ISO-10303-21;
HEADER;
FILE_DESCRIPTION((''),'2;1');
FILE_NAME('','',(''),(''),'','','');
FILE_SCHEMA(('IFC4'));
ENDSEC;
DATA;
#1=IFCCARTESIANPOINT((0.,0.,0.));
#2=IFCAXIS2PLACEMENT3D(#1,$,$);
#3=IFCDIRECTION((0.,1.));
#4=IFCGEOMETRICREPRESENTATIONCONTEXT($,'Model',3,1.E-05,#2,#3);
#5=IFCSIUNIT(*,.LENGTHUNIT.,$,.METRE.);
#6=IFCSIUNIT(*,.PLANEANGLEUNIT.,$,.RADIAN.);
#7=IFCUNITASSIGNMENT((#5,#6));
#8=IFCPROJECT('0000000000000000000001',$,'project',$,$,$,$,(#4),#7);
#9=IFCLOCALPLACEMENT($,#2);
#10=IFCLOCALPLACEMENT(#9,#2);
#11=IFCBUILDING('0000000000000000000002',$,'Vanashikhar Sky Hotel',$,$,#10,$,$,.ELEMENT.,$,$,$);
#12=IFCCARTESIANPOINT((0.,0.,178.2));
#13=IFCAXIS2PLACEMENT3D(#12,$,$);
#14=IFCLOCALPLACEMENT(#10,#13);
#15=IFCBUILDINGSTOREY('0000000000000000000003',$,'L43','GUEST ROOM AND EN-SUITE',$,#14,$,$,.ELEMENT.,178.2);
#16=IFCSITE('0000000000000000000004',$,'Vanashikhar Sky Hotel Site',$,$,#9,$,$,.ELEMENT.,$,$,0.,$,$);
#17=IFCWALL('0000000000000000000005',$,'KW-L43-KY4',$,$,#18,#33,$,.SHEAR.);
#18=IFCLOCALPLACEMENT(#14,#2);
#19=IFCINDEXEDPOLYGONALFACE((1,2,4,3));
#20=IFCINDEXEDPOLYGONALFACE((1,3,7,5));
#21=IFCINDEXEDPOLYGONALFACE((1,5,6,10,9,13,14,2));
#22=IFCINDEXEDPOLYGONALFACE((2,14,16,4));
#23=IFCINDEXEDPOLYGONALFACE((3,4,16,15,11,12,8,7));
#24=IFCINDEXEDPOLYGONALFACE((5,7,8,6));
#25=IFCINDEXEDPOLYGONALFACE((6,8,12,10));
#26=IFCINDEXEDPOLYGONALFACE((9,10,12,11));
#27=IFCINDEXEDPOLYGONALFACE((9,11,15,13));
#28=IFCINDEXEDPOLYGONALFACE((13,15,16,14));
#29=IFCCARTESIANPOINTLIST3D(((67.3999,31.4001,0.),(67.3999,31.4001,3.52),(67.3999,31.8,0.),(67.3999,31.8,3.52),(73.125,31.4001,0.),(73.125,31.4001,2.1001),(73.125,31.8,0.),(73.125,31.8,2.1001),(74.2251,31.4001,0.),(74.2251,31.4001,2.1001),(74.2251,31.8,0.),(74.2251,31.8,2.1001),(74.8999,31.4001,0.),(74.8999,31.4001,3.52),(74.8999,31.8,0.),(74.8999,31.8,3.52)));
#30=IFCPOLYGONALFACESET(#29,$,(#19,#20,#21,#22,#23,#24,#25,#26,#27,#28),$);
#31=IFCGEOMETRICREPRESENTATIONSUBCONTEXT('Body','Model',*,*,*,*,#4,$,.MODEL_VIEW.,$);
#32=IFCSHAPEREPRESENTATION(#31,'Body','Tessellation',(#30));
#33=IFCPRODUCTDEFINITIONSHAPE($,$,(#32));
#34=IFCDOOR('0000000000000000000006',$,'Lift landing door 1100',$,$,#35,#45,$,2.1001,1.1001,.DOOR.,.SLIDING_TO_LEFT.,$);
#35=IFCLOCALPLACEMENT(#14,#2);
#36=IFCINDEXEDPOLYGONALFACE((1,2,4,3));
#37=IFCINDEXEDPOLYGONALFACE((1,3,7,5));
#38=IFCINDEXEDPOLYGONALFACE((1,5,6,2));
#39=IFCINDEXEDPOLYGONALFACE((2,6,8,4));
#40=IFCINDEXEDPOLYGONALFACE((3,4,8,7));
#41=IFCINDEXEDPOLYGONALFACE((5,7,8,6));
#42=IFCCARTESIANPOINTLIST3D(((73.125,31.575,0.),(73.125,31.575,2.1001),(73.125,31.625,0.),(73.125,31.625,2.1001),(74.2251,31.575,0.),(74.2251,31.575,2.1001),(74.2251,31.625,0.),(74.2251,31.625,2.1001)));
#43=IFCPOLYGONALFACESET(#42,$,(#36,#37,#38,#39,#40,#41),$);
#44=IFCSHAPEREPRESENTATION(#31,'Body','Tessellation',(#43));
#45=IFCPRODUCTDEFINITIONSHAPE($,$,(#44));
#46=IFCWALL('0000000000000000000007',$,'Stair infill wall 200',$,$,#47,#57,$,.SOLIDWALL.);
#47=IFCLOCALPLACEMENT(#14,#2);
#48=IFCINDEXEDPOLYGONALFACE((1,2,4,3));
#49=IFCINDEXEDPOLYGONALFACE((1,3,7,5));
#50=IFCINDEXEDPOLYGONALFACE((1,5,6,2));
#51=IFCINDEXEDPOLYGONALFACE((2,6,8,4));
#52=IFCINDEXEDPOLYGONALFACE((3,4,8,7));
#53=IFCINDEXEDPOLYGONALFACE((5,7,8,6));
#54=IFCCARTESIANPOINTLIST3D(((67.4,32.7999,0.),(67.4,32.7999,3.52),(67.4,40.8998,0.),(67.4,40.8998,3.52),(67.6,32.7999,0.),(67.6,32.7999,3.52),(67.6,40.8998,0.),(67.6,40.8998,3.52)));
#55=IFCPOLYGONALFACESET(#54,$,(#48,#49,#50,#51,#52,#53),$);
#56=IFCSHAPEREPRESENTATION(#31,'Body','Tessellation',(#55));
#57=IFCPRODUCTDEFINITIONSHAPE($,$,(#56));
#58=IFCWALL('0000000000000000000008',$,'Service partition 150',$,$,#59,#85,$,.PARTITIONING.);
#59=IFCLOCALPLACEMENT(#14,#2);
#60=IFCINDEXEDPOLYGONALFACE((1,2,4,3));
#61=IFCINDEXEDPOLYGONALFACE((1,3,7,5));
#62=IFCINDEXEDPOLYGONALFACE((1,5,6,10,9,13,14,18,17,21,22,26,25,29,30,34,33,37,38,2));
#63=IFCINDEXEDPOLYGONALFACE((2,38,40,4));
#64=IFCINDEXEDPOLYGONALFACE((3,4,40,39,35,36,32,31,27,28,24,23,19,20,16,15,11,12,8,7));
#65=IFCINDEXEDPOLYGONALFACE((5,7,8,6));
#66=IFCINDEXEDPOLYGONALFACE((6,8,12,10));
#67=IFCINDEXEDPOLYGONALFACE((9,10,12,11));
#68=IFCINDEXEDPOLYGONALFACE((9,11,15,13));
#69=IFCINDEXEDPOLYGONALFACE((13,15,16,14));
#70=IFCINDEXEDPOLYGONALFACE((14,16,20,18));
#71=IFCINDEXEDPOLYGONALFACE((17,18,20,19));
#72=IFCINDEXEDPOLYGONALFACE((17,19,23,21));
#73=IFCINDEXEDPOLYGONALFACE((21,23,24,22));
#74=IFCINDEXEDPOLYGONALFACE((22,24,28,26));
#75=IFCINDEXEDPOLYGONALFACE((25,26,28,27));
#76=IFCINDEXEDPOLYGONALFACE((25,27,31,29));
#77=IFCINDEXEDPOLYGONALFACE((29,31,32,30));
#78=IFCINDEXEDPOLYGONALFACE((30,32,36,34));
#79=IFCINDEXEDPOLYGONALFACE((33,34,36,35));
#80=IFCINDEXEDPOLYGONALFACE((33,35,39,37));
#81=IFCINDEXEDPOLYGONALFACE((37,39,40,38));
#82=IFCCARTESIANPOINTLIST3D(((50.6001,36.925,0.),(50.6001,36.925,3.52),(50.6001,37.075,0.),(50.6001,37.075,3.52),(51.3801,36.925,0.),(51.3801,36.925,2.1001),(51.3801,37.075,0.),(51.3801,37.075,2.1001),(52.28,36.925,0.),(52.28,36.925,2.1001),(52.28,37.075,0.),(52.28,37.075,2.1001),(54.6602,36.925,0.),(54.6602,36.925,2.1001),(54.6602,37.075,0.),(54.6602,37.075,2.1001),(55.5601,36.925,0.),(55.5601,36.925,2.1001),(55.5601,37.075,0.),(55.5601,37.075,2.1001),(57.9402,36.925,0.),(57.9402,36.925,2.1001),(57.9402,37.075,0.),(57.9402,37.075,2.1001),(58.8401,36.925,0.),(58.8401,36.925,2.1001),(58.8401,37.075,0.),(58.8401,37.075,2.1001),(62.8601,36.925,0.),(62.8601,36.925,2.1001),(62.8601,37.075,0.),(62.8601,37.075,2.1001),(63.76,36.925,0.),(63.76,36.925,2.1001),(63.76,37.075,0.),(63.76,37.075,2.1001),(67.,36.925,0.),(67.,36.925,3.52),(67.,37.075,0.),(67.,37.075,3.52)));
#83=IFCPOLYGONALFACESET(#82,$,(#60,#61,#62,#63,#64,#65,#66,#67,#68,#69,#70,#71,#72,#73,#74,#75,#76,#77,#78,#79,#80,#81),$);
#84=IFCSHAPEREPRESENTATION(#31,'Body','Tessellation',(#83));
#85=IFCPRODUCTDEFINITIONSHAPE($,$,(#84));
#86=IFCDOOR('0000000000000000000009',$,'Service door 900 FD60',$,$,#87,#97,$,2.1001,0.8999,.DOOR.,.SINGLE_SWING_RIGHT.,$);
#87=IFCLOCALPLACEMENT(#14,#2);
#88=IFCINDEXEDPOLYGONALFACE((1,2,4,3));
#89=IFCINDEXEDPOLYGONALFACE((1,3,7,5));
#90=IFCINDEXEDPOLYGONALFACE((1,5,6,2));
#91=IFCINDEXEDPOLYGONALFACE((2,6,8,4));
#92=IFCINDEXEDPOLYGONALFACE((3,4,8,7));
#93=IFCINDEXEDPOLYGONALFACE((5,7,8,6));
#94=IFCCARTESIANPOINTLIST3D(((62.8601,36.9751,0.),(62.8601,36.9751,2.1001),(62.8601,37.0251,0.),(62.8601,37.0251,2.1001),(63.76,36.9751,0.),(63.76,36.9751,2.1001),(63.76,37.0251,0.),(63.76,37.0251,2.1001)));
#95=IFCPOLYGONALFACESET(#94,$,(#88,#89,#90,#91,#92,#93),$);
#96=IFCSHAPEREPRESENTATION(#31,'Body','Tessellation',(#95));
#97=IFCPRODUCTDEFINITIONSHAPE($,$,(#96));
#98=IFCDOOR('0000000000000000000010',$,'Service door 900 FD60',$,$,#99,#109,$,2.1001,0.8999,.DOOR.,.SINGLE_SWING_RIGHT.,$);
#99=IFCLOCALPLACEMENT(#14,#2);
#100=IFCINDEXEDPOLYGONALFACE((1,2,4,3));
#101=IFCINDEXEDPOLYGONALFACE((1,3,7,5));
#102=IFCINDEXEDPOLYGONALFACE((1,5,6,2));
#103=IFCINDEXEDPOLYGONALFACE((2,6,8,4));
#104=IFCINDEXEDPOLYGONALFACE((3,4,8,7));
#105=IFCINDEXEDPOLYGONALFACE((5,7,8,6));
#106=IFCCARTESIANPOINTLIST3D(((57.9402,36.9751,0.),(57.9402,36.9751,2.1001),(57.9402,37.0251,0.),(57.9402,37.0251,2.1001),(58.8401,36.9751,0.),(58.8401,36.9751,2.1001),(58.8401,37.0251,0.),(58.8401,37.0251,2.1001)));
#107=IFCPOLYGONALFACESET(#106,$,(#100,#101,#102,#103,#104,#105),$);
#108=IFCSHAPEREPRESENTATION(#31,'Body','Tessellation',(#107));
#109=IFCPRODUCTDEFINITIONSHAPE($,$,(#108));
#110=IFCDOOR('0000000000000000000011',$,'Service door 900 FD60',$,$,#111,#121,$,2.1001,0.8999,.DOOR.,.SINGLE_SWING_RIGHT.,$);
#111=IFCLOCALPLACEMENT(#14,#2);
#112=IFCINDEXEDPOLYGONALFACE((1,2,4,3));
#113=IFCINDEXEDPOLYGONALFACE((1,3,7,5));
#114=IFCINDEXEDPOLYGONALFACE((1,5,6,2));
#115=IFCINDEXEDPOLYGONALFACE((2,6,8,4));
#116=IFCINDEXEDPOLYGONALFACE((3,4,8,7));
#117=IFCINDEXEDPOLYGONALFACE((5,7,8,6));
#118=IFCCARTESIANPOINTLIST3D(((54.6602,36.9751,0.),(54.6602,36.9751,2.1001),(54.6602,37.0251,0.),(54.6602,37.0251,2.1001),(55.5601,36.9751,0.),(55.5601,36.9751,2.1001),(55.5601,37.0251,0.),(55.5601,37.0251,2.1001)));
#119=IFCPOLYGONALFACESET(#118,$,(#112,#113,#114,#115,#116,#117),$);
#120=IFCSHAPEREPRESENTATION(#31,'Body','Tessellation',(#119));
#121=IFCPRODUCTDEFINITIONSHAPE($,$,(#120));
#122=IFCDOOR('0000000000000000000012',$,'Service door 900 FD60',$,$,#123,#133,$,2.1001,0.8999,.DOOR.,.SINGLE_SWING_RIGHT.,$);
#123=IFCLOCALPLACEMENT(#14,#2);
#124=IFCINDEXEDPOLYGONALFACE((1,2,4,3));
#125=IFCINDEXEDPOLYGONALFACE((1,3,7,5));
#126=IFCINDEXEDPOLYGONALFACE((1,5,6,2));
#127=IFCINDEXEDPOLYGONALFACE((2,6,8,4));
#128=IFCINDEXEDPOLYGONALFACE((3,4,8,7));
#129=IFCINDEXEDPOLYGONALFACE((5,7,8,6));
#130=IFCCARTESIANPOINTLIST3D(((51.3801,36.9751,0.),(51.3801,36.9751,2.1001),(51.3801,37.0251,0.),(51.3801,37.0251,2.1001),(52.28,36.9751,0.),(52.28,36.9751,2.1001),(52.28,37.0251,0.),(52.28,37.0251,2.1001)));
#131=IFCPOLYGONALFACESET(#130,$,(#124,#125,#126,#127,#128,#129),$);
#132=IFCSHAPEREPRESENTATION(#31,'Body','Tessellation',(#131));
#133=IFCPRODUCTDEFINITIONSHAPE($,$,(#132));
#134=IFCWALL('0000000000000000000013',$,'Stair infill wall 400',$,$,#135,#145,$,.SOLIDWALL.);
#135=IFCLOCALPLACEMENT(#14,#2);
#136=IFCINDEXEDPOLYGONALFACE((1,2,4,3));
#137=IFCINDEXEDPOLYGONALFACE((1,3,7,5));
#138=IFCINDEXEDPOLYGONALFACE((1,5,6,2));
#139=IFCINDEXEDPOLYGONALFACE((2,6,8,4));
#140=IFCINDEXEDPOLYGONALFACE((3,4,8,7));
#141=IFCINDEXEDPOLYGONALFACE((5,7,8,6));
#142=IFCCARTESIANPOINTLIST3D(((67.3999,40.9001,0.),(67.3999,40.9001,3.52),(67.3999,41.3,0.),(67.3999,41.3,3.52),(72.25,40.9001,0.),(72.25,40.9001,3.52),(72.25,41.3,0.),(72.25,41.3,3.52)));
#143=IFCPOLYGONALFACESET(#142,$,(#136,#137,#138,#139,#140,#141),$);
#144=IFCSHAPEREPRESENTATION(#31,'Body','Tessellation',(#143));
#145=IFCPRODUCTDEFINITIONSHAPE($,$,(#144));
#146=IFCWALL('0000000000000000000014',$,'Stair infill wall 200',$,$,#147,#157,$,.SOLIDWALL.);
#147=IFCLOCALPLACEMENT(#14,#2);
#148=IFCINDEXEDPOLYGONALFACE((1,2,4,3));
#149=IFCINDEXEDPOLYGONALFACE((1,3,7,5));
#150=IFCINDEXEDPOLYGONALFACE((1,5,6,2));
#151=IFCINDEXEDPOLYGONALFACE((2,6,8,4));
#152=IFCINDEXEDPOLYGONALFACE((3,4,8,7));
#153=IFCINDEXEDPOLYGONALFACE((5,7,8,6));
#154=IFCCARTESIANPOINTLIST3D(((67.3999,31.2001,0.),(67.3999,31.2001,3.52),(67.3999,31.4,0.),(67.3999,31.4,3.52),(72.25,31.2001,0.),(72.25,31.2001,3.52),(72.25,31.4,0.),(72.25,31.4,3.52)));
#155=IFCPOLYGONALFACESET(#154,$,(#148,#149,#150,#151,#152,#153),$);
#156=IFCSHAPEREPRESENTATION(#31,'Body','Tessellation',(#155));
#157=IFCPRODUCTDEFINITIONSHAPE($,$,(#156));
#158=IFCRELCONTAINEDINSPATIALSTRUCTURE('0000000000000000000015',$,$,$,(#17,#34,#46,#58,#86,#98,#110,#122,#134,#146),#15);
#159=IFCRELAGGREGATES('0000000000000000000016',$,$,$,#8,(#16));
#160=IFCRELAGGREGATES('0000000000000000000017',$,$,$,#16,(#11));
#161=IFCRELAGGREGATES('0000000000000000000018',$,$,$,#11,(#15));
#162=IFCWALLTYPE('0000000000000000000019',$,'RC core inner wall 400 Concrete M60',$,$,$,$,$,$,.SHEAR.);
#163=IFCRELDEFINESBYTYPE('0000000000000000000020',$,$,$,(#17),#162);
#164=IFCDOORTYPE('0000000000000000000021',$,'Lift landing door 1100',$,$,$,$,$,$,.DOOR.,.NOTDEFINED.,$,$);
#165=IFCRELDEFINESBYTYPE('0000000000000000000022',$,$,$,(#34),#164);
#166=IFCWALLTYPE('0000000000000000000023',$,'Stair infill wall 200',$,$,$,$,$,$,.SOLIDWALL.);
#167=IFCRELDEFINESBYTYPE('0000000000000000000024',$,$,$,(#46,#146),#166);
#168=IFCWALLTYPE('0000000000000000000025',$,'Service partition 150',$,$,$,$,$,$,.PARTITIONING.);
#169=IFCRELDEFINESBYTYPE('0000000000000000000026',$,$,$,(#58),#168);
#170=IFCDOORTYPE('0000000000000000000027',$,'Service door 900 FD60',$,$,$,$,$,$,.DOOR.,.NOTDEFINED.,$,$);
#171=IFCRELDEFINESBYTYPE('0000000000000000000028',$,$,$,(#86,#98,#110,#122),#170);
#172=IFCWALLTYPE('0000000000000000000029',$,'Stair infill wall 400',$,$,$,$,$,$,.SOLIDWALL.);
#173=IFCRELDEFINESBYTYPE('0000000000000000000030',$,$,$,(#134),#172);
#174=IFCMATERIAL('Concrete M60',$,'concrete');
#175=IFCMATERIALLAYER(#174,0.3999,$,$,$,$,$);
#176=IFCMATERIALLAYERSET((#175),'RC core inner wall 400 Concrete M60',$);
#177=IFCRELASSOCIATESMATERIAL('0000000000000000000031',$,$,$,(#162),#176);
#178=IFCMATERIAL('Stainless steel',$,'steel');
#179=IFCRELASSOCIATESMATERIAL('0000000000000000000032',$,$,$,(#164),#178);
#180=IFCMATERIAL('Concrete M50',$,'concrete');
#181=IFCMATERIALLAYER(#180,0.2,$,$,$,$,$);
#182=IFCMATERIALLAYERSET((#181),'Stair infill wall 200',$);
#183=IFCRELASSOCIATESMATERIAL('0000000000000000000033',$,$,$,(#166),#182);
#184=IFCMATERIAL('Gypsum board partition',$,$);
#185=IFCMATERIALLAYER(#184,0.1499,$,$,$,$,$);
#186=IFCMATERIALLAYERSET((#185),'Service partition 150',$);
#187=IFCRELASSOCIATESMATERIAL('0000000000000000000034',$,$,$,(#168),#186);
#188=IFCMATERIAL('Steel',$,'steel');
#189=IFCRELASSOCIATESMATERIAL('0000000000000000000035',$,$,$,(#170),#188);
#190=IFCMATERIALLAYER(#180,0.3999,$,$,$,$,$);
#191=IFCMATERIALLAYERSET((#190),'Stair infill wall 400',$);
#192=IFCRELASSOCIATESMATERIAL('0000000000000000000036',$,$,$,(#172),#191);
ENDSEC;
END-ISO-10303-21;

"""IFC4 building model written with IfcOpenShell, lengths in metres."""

from ifc_helpers import new_model, si_unit, direction, frame, frame_2d, origin, place, context, subcontext, project, spatial, rectangle, extrude, source, transform, mapped, material, layer, layer_set, type_object, element, fill, save


model = new_model("IFC4")

# Units and contexts
model_context = context("Model", 3, precision=1e-05, world=origin(), true_north=direction((0.0, 1.0)))
body_context = subcontext(model_context, "Body", "Model", "MODEL_VIEW")
ifc_project = project(units=[si_unit("LENGTHUNIT", "METRE"), si_unit("PLANEANGLEUNIT", "RADIAN")], contexts=[model_context])

# Site, building, storey
site_placement = place(None, origin())
site = spatial("IfcSite", under=ifc_project, at=site_placement, Name="Vanashikhar Sky Hotel Site", CompositionType="ELEMENT", RefElevation=0.0)
building_placement = place(site_placement, origin())
building = spatial("IfcBuilding", under=site, at=building_placement, Name="Vanashikhar Sky Hotel", CompositionType="ELEMENT")
storey_placement = place(building_placement, frame((0.0, 0.0, 178.2)))
storey = spatial("IfcBuildingStorey", under=building, at=storey_placement, Name="L43", Description="GUEST ROOM AND EN-SUITE", CompositionType="ELEMENT", Elevation=178.2)

# Wall, opening, door
ifc_material_1 = material(Name="Concrete M60", Category="concrete")
ifc_layer_1 = layer(ifc_material_1, 0.3999)
ifc_layer_set_1 = layer_set([ifc_layer_1], Name="RC core inner wall 400 Concrete M60")
wall_type_1 = type_object("IfcWallType", Name="RC core inner wall 400 Concrete M60", PredefinedType="SHEAR", material=ifc_layer_set_1)
shared_shape_1 = source(origin(), body_context, "Body", "SweptSolid", [
    extrude(rectangle(XDim=7.5, YDim=0.3999, at=frame_2d((3.75, 0.0))), origin(), (0.0, 0.0, 1.0), 3.52),
])
wall_1_placement = place(storey_placement, frame((67.3999, 31.6001, 0.0), z_axis=(0.0, 0.0, 1.0), x_axis=(1.0, 0.0, 0.0)))
wall_1 = element("IfcWall", 1, at=wall_1_placement, inside=storey, type_object=wall_type_1, Name="KW-L43-KY4", PredefinedType="SHEAR", context=body_context, shape_type="MappedRepresentation", body=[
    mapped(shared_shape_1, transform((0.0, 0.0, 0.0), scale=1.0)),
])
shared_shape_2 = source(origin(), body_context, "Body", "SweptSolid", [
    extrude(rectangle(XDim=1.1001, YDim=2.1001, at=frame_2d((0.55, 1.05))), frame((0.0, 0.21, 0.0), z_axis=(0.0, -1.0, 0.0), x_axis=(1.0, 0.0, 0.0)), (0.0, 0.0, 1.0), 0.4199),
])
opening_1_placement = place(wall_1_placement, frame((5.7251, 0.0, 0.0)))
opening_1 = element("IfcOpeningElement", 2, at=opening_1_placement, cuts=wall_1, PredefinedType="OPENING", context=body_context, shape_type="MappedRepresentation", body=[
    mapped(shared_shape_2, transform((0.0, 0.0, 0.0), scale=1.0)),
])
ifc_material_2 = material(Name="Stainless steel", Category="steel")
door_type_1 = type_object("IfcDoorType", Name="Lift landing door 1100", OperationType="NOTDEFINED", PredefinedType="DOOR", material=ifc_material_2)
shared_shape_3 = source(origin(), body_context, "Body", "SweptSolid", [
    extrude(rectangle(XDim=1.1001, YDim=2.1001, at=frame_2d((0.55, 1.05))), frame((0.0, 0.0249, 0.0), z_axis=(0.0, -1.0, 0.0), x_axis=(1.0, 0.0, 0.0)), (0.0, 0.0, 1.0), 0.05),
])
door_1_placement = place(opening_1_placement, origin())
door_1 = element("IfcDoor", 3, at=door_1_placement, inside=storey, type_object=door_type_1, Name="Lift landing door 1100", OperationType="SLIDING_TO_LEFT", OverallHeight=2.1001, OverallWidth=1.1001, PredefinedType="DOOR", context=body_context, shape_type="MappedRepresentation", body=[
    mapped(shared_shape_3, transform((0.0, 0.0, 0.0), scale=1.0)),
])
fill(opening_1, door_1)

# Wall
ifc_material_3 = material(Name="Concrete M50", Category="concrete")
ifc_layer_2 = layer(ifc_material_3, 0.2)
ifc_layer_set_2 = layer_set([ifc_layer_2], Name="Stair infill wall 200")
wall_type_2 = type_object("IfcWallType", Name="Stair infill wall 200", PredefinedType="SOLIDWALL", material=ifc_layer_set_2)
shared_shape_4 = source(origin(), body_context, "Body", "SweptSolid", [
    extrude(rectangle(XDim=8.0999, YDim=0.2, at=frame_2d((4.0498, 0.0))), origin(), (0.0, 0.0, 1.0), 3.52),
])
wall_2_placement = place(storey_placement, frame((67.5, 32.8, 0.0), z_axis=(0.0, 0.0, 1.0), x_axis=(0.0, 1.0, 0.0)))
element("IfcWall", 4, at=wall_2_placement, inside=storey, type_object=wall_type_2, Name="Stair infill wall 200", PredefinedType="SOLIDWALL", context=body_context, shape_type="MappedRepresentation", body=[
    mapped(shared_shape_4, transform((0.0, 0.0, 0.0), scale=1.0)),
])

# Wall, openings, doors
ifc_material_4 = material(Name="Gypsum board partition")
ifc_layer_3 = layer(ifc_material_4, 0.1499)
ifc_layer_set_3 = layer_set([ifc_layer_3], Name="Service partition 150")
wall_type_3 = type_object("IfcWallType", Name="Service partition 150", PredefinedType="PARTITIONING", material=ifc_layer_set_3)
shared_shape_5 = source(origin(), body_context, "Body", "SweptSolid", [
    extrude(rectangle(XDim=16.3999, YDim=0.1499, at=frame_2d((8.2, 0.0))), origin(), (0.0, 0.0, 1.0), 3.52),
])
wall_3_placement = place(storey_placement, frame((67.0, 37.0, 0.0), z_axis=(0.0, 0.0, 1.0), x_axis=(-1.0, 0.0, 0.0)))
wall_3 = element("IfcWall", 5, at=wall_3_placement, inside=storey, type_object=wall_type_3, Name="Service partition 150", PredefinedType="PARTITIONING", context=body_context, shape_type="MappedRepresentation", body=[
    mapped(shared_shape_5, transform((0.0, 0.0, 0.0), scale=1.0)),
])
shared_shape_6 = source(origin(), body_context, "Body", "SweptSolid", [
    extrude(rectangle(XDim=0.8999, YDim=2.1001, at=frame_2d((0.45, 1.05))), frame((0.0, 0.085, 0.0), z_axis=(0.0, -1.0, 0.0), x_axis=(1.0, 0.0, 0.0)), (0.0, 0.0, 1.0), 0.1699),
])
opening_2_placement = place(wall_3_placement, frame((3.24, 0.0, 0.0)))
opening_2 = element("IfcOpeningElement", 6, at=opening_2_placement, cuts=wall_3, PredefinedType="OPENING", context=body_context, shape_type="MappedRepresentation", body=[
    mapped(shared_shape_6, transform((0.0, 0.0, 0.0), scale=1.0)),
])
opening_3_placement = place(wall_3_placement, frame((8.1599, 0.0, 0.0)))
opening_3 = element("IfcOpeningElement", 7, at=opening_3_placement, cuts=wall_3, PredefinedType="OPENING", context=body_context, shape_type="MappedRepresentation", body=[
    mapped(shared_shape_6, transform((0.0, 0.0, 0.0), scale=1.0)),
])
opening_4_placement = place(wall_3_placement, frame((11.4399, 0.0, 0.0)))
opening_4 = element("IfcOpeningElement", 8, at=opening_4_placement, cuts=wall_3, PredefinedType="OPENING", context=body_context, shape_type="MappedRepresentation", body=[
    mapped(shared_shape_6, transform((0.0, 0.0, 0.0), scale=1.0)),
])
opening_5_placement = place(wall_3_placement, frame((14.72, 0.0, 0.0)))
opening_5 = element("IfcOpeningElement", 9, at=opening_5_placement, cuts=wall_3, PredefinedType="OPENING", context=body_context, shape_type="MappedRepresentation", body=[
    mapped(shared_shape_6, transform((0.0, 0.0, 0.0), scale=1.0)),
])
ifc_material_5 = material(Name="Steel", Category="steel")
door_type_2 = type_object("IfcDoorType", Name="Service door 900 FD60", OperationType="NOTDEFINED", PredefinedType="DOOR", material=ifc_material_5)
shared_shape_7 = source(origin(), body_context, "Body", "SweptSolid", [
    extrude(rectangle(XDim=0.8999, YDim=2.1001, at=frame_2d((0.45, 1.05))), frame((0.0, 0.0249, 0.0), z_axis=(0.0, -1.0, 0.0), x_axis=(1.0, 0.0, 0.0)), (0.0, 0.0, 1.0), 0.05),
])
door_2_placement = place(opening_2_placement, origin())
door_2 = element("IfcDoor", 10, at=door_2_placement, inside=storey, type_object=door_type_2, Name="Service door 900 FD60", OperationType="SINGLE_SWING_RIGHT", OverallHeight=2.1001, OverallWidth=0.8999, PredefinedType="DOOR", context=body_context, shape_type="MappedRepresentation", body=[
    mapped(shared_shape_7, transform((0.0, 0.0, 0.0), scale=1.0)),
])
fill(opening_2, door_2)
door_3_placement = place(opening_3_placement, origin())
door_3 = element("IfcDoor", 11, at=door_3_placement, inside=storey, type_object=door_type_2, Name="Service door 900 FD60", OperationType="SINGLE_SWING_RIGHT", OverallHeight=2.1001, OverallWidth=0.8999, PredefinedType="DOOR", context=body_context, shape_type="MappedRepresentation", body=[
    mapped(shared_shape_7, transform((0.0, 0.0, 0.0), scale=1.0)),
])
fill(opening_3, door_3)
door_4_placement = place(opening_4_placement, origin())
door_4 = element("IfcDoor", 12, at=door_4_placement, inside=storey, type_object=door_type_2, Name="Service door 900 FD60", OperationType="SINGLE_SWING_RIGHT", OverallHeight=2.1001, OverallWidth=0.8999, PredefinedType="DOOR", context=body_context, shape_type="MappedRepresentation", body=[
    mapped(shared_shape_7, transform((0.0, 0.0, 0.0), scale=1.0)),
])
fill(opening_4, door_4)
door_5_placement = place(opening_5_placement, origin())
door_5 = element("IfcDoor", 13, at=door_5_placement, inside=storey, type_object=door_type_2, Name="Service door 900 FD60", OperationType="SINGLE_SWING_RIGHT", OverallHeight=2.1001, OverallWidth=0.8999, PredefinedType="DOOR", context=body_context, shape_type="MappedRepresentation", body=[
    mapped(shared_shape_7, transform((0.0, 0.0, 0.0), scale=1.0)),
])
fill(opening_5, door_5)

# Walls
ifc_layer_4 = layer(ifc_material_3, 0.3999)
ifc_layer_set_4 = layer_set([ifc_layer_4], Name="Stair infill wall 400")
wall_type_4 = type_object("IfcWallType", Name="Stair infill wall 400", PredefinedType="SOLIDWALL", material=ifc_layer_set_4)
shared_shape_8 = source(origin(), body_context, "Body", "SweptSolid", [
    extrude(rectangle(XDim=4.8501, YDim=0.3999, at=frame_2d((2.425, 0.0))), origin(), (0.0, 0.0, 1.0), 3.52),
])
wall_4_placement = place(storey_placement, frame((67.3999, 41.1001, 0.0), z_axis=(0.0, 0.0, 1.0), x_axis=(1.0, 0.0, 0.0)))
element("IfcWall", 14, at=wall_4_placement, inside=storey, type_object=wall_type_4, Name="Stair infill wall 400", PredefinedType="SOLIDWALL", context=body_context, shape_type="MappedRepresentation", body=[
    mapped(shared_shape_8, transform((0.0, 0.0, 0.0), scale=1.0)),
])
shared_shape_9 = source(origin(), body_context, "Body", "SweptSolid", [
    extrude(rectangle(XDim=4.8501, YDim=0.2, at=frame_2d((2.425, 0.0))), origin(), (0.0, 0.0, 1.0), 3.52),
])
wall_5_placement = place(storey_placement, frame((67.3999, 31.3, 0.0), z_axis=(0.0, 0.0, 1.0), x_axis=(1.0, 0.0, 0.0)))
element("IfcWall", 15, at=wall_5_placement, inside=storey, type_object=wall_type_2, Name="Stair infill wall 200", PredefinedType="SOLIDWALL", context=body_context, shape_type="MappedRepresentation", body=[
    mapped(shared_shape_9, transform((0.0, 0.0, 0.0), scale=1.0)),
])

save(model, "model.ifc")
